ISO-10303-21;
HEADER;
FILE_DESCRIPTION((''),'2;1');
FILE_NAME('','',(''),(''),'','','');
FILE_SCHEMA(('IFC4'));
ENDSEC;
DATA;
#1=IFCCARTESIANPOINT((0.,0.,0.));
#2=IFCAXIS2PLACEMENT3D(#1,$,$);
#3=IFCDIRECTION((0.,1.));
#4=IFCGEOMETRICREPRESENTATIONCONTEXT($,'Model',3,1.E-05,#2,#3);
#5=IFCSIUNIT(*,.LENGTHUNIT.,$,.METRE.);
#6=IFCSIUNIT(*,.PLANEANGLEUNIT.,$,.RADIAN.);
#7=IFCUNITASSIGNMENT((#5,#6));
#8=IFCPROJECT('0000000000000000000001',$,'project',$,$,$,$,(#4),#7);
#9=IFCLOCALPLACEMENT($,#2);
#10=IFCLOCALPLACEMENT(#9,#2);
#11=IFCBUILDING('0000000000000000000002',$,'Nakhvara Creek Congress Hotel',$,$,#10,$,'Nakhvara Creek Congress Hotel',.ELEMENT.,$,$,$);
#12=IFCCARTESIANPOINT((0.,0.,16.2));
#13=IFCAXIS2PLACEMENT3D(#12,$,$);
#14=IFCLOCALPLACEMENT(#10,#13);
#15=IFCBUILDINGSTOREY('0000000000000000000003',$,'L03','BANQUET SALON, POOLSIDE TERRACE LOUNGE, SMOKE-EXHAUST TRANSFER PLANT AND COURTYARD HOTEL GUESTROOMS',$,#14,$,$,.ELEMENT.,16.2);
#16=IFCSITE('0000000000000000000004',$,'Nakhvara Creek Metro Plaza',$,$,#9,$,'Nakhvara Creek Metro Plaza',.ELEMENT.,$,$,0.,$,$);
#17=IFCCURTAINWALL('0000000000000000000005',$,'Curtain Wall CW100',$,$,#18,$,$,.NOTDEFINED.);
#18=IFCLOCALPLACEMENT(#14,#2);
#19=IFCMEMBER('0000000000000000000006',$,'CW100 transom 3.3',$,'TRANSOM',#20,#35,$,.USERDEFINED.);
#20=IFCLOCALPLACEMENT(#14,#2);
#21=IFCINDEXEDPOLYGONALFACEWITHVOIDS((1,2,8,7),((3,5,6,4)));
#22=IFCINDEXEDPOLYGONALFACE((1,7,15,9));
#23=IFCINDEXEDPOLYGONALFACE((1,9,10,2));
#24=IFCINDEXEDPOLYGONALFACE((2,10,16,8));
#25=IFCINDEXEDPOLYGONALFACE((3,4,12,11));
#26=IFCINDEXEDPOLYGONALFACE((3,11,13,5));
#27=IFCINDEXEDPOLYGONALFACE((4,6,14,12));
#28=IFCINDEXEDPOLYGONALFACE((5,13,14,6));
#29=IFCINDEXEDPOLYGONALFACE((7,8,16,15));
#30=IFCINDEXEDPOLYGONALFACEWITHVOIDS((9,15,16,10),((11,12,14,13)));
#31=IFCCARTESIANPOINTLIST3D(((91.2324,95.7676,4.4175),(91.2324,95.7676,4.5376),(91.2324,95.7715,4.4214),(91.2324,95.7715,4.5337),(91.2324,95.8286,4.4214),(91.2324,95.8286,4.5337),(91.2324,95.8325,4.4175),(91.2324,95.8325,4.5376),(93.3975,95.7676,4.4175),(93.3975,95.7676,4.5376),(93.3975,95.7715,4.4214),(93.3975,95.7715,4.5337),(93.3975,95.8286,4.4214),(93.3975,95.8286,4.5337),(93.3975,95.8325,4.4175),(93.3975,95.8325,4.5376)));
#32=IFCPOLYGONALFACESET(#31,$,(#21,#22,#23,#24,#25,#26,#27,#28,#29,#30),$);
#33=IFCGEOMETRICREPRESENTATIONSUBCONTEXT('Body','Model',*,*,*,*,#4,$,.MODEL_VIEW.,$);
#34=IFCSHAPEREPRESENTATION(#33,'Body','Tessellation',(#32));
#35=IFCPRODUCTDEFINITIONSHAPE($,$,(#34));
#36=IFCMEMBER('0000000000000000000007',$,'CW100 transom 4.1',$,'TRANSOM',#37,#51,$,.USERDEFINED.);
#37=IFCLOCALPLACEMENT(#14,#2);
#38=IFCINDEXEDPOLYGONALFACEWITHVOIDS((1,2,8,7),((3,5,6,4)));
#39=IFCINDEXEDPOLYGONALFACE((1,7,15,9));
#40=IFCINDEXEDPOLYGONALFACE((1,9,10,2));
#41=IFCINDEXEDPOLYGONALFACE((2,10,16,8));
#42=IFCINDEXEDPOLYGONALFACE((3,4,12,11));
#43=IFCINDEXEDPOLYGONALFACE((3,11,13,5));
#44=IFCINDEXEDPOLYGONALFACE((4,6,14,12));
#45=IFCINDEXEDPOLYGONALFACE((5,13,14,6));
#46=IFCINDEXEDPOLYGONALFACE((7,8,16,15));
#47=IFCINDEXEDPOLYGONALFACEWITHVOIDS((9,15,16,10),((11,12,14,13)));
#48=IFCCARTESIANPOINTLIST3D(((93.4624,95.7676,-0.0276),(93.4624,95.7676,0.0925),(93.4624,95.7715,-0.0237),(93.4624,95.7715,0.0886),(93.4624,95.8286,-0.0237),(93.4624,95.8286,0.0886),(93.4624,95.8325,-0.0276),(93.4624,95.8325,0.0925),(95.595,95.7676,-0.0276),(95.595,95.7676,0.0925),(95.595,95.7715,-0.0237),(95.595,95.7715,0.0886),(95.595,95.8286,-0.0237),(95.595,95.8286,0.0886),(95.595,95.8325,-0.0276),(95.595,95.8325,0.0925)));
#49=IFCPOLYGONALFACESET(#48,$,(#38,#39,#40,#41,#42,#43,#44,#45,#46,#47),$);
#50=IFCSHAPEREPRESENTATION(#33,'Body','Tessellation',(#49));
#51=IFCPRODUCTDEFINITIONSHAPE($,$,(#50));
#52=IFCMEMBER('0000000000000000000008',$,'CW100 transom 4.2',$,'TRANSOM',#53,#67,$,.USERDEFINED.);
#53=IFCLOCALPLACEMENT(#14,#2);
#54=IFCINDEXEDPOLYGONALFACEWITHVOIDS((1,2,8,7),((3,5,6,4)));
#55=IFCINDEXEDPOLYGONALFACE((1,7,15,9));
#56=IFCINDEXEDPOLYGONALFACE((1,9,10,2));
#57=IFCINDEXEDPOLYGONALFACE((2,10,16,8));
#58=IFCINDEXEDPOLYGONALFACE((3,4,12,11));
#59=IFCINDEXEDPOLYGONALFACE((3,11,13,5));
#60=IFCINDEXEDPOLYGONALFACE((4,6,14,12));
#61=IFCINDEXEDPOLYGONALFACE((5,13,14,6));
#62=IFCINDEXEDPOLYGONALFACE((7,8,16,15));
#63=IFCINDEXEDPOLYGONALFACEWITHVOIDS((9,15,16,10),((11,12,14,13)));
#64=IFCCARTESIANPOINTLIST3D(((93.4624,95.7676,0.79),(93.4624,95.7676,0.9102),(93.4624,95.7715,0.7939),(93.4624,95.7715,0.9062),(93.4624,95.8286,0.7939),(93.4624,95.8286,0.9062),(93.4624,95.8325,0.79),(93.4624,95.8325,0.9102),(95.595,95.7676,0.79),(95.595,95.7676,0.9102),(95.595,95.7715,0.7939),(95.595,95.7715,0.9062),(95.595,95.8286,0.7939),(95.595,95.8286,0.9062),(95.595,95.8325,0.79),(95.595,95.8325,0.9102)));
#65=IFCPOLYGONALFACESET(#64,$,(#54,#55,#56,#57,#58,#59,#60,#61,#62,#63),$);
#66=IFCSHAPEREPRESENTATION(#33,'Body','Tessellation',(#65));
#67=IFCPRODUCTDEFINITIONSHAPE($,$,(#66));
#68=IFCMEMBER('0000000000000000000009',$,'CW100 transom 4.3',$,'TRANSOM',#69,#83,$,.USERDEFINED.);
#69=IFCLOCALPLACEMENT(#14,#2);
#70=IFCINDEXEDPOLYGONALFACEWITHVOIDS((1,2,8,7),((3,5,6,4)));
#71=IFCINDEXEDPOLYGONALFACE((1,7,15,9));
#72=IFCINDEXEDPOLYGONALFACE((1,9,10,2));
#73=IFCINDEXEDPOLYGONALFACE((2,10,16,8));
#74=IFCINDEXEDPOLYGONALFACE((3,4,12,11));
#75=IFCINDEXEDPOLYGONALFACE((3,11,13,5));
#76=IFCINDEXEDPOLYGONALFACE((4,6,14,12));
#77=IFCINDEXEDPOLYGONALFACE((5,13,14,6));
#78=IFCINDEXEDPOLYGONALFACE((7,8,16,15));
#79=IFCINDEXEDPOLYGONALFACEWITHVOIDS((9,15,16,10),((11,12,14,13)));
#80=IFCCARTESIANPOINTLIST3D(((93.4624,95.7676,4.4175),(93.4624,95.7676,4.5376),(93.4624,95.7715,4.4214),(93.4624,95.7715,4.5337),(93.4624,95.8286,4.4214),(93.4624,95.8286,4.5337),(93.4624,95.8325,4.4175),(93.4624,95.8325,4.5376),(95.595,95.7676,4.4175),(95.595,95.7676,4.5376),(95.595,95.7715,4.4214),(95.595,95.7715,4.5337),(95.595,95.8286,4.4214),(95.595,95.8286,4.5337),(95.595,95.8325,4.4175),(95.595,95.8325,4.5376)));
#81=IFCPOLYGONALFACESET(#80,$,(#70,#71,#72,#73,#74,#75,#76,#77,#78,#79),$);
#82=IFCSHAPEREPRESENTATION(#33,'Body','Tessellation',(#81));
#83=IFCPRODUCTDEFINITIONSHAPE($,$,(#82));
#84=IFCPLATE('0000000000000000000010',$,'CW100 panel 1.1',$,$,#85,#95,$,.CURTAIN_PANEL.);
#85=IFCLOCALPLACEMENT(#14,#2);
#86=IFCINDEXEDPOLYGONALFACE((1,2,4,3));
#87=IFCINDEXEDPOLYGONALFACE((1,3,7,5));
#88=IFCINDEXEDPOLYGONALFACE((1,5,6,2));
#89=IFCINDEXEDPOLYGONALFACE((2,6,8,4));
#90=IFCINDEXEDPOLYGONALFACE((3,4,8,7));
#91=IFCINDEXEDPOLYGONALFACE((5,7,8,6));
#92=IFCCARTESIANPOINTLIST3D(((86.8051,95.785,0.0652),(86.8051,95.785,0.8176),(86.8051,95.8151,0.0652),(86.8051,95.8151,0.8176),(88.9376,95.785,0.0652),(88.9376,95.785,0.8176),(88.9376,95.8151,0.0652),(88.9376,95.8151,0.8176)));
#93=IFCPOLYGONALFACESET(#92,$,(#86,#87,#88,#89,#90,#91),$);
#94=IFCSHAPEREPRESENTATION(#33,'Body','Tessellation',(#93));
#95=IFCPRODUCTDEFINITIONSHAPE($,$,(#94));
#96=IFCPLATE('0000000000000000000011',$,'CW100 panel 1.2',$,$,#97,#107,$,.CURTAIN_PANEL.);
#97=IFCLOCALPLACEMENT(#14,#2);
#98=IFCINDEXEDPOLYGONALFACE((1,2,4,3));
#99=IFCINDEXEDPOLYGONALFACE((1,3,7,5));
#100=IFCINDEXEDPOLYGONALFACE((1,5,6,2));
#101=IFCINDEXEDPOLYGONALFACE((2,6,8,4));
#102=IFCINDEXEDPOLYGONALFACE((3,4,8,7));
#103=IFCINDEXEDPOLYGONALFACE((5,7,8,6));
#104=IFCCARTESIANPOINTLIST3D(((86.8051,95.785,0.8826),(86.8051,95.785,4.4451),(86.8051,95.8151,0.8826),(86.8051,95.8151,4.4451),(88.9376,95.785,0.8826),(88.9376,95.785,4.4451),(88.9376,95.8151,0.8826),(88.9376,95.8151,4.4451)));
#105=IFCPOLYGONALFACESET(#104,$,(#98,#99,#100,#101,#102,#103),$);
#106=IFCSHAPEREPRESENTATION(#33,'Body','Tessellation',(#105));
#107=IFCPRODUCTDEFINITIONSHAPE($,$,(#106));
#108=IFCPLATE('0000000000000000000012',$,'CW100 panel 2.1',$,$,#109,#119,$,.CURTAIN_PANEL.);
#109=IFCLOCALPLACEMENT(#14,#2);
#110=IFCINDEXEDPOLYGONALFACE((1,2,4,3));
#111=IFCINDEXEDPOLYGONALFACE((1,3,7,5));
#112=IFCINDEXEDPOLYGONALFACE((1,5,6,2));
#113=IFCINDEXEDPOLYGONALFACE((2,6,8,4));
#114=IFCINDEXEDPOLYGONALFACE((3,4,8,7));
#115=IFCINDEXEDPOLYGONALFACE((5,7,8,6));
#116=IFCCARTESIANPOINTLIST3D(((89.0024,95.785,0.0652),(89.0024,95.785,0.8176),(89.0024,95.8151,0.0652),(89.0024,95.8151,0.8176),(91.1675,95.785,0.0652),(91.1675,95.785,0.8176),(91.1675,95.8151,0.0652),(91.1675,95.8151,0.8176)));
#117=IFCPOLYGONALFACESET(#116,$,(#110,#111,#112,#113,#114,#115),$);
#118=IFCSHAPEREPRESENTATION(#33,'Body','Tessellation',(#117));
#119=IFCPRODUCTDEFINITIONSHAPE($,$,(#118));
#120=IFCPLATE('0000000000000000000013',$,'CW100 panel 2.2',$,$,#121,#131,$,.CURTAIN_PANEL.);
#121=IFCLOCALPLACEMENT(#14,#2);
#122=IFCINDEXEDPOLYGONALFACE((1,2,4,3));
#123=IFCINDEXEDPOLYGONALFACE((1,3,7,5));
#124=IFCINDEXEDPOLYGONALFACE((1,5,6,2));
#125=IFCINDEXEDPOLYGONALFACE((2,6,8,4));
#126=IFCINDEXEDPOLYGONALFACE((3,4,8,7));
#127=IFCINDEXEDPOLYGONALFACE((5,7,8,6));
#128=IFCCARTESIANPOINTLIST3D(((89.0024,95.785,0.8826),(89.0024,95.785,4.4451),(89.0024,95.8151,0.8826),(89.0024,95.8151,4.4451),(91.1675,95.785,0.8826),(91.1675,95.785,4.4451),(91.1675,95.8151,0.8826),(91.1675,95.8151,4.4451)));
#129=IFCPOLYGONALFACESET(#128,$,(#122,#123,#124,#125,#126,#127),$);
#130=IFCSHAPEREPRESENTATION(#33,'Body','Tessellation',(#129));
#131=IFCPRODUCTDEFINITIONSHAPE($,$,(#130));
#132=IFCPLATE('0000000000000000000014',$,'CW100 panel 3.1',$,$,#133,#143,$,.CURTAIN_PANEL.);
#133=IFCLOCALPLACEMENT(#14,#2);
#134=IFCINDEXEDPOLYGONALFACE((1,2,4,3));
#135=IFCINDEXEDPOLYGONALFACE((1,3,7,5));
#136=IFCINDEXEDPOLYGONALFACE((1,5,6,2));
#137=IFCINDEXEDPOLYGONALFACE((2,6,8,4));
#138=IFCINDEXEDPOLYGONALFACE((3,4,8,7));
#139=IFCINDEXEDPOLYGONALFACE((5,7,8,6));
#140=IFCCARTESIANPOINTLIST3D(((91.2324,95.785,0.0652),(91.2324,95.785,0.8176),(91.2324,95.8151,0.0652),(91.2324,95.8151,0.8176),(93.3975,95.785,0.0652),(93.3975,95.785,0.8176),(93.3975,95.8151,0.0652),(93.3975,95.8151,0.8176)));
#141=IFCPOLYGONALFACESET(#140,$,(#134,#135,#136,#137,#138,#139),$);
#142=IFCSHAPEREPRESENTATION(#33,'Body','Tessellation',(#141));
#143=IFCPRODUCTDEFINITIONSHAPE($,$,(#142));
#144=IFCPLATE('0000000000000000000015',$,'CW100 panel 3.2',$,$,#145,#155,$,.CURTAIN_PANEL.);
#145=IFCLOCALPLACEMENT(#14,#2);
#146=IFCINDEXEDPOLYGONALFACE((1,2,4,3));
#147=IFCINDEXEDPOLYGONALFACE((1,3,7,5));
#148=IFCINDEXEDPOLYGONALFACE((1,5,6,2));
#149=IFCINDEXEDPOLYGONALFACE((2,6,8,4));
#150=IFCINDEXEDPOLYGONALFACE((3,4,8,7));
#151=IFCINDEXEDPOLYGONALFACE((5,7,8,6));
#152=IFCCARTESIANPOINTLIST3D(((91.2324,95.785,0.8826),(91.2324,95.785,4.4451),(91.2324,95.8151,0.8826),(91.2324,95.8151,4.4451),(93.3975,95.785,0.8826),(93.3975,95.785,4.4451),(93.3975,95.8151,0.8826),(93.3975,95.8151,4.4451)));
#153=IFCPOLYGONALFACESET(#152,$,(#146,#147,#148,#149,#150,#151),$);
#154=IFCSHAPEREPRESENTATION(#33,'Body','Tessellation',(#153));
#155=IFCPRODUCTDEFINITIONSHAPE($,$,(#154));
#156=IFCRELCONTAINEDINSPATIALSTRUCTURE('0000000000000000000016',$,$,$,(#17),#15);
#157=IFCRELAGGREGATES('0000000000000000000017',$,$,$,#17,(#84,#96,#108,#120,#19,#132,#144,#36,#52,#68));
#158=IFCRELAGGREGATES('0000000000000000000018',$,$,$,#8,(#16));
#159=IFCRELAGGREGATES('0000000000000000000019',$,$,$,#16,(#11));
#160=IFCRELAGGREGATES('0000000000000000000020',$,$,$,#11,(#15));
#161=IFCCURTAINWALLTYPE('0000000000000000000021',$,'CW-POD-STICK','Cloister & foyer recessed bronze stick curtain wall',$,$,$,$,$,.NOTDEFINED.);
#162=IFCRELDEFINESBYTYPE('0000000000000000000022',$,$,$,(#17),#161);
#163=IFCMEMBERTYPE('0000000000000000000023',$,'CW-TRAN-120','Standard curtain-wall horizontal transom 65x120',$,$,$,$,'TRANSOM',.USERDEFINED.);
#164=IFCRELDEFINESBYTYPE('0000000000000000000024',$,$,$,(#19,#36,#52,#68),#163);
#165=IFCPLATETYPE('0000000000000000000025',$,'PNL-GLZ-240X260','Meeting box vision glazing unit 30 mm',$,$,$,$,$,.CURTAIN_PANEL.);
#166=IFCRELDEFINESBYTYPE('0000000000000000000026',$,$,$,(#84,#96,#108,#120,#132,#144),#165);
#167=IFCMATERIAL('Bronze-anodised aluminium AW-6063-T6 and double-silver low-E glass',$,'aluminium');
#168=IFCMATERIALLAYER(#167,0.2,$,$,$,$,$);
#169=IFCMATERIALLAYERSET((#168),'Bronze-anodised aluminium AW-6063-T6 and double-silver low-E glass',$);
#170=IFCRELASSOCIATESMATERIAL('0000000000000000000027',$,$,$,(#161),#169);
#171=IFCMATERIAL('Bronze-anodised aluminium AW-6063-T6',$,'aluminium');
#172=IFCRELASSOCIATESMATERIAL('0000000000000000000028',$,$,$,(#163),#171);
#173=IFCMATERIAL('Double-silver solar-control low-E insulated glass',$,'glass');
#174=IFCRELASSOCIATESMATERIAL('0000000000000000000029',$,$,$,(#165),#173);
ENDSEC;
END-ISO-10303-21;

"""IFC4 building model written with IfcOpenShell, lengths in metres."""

from ifc_helpers import new_model, si_unit, direction, frame, origin, origin_2d, place, context, subcontext, project, spatial, rectangle, hollow_rectangle, extrude, material, layer, layer_set, material_profile, profile_set, type_object, element, aggregate, save


model = new_model("IFC4")

# Units and contexts
model_context = context("Model", 3, precision=1e-05, world=origin(), true_north=direction((0.0, 1.0)))
body_context = subcontext(model_context, "Body", "Model", "MODEL_VIEW")
ifc_project = project(units=[si_unit("LENGTHUNIT", "METRE"), si_unit("PLANEANGLEUNIT", "RADIAN")], contexts=[model_context])

# Site, building, storey
site_placement = place(None, origin())
site = spatial("IfcSite", under=ifc_project, at=site_placement, Name="Nakhvara Creek Metro Plaza", LongName="Nakhvara Creek Metro Plaza", CompositionType="ELEMENT", RefElevation=0.0)
building_placement = place(site_placement, origin())
building = spatial("IfcBuilding", under=site, at=building_placement, Name="Nakhvara Creek Congress Hotel", LongName="Nakhvara Creek Congress Hotel", CompositionType="ELEMENT")
storey_placement = place(building_placement, frame((0.0, 0.0, 16.2)))
storey = spatial("IfcBuildingStorey", under=building, at=storey_placement, Name="L03", Description="BANQUET SALON, POOLSIDE TERRACE LOUNGE, SMOKE-EXHAUST TRANSFER PLANT AND COURTYARD HOTEL GUESTROOMS", CompositionType="ELEMENT", Elevation=16.2)

# Curtain wall, members, plates
ifc_material_1 = material(Name="Bronze-anodised aluminium AW-6063-T6 and double-silver low-E glass", Category="aluminium")
ifc_layer = layer(ifc_material_1, 0.2)
ifc_layer_set = layer_set([ifc_layer], Name="Bronze-anodised aluminium AW-6063-T6 and double-silver low-E glass")
curtain_wall_type = type_object("IfcCurtainWallType", Name="CW-POD-STICK", Description="Cloister & foyer recessed bronze stick curtain wall", PredefinedType="NOTDEFINED", material=ifc_layer_set)
curtain_wall_placement = place(storey_placement, origin())
curtain_wall = element("IfcCurtainWall", 1, at=curtain_wall_placement, inside=storey, type_object=curtain_wall_type, Name="Curtain Wall CW100", PredefinedType="NOTDEFINED")
ifc_material_2 = material(Name="Bronze-anodised aluminium AW-6063-T6", Category="aluminium")
ifc_material_profile_1 = material_profile(ifc_material_2, hollow_rectangle(XDim=0.0649, YDim=0.1201, WallThickness=0.0039, at=origin_2d()), Name="ALU-TRAN 65x120x4", Category="LoadBearing")
ifc_profile_set_1 = profile_set([ifc_material_profile_1], Name="Bronze-anodised aluminium AW-6063-T6")
member_type_1 = type_object("IfcMemberType", Name="CW-TRAN-120", Description="Standard curtain-wall horizontal transom 65x120", ElementType="TRANSOM", PredefinedType="USERDEFINED", material=ifc_profile_set_1)
member_1_placement = place(storey_placement, frame((91.2324, 95.8, 4.4775), z_axis=(1.0, 0.0, 0.0), x_axis=(0.0, 1.0, 0.0)))
member_1 = element("IfcMember", 2, at=member_1_placement, type_object=member_type_1, Name="CW100 transom 3.3", ObjectType="TRANSOM", PredefinedType="USERDEFINED", context=body_context, shape_type="SweptSolid", body=[
    extrude(hollow_rectangle(XDim=0.0649, YDim=0.1201, WallThickness=0.0039, at=origin_2d()), origin(), (0.0, 0.0, 1.0), 2.165),
])
member_2_placement = place(storey_placement, frame((93.4624, 95.8, 0.0325), z_axis=(1.0, 0.0, 0.0), x_axis=(0.0, 1.0, 0.0)))
member_2 = element("IfcMember", 3, at=member_2_placement, type_object=member_type_1, Name="CW100 transom 4.1", ObjectType="TRANSOM", PredefinedType="USERDEFINED", context=body_context, shape_type="SweptSolid", body=[
    extrude(hollow_rectangle(XDim=0.0649, YDim=0.1201, WallThickness=0.0039, at=origin_2d()), origin(), (0.0, 0.0, 1.0), 2.1326),
])
member_3_placement = place(storey_placement, frame((93.4624, 95.8, 0.8501), z_axis=(1.0, 0.0, 0.0), x_axis=(0.0, 1.0, 0.0)))
member_3 = element("IfcMember", 4, at=member_3_placement, type_object=member_type_1, Name="CW100 transom 4.2", ObjectType="TRANSOM", PredefinedType="USERDEFINED", context=body_context, shape_type="SweptSolid", body=[
    extrude(hollow_rectangle(XDim=0.0649, YDim=0.1201, WallThickness=0.0039, at=origin_2d()), origin(), (0.0, 0.0, 1.0), 2.1326),
])
member_4_placement = place(storey_placement, frame((93.4624, 95.8, 4.4775), z_axis=(1.0, 0.0, 0.0), x_axis=(0.0, 1.0, 0.0)))
member_4 = element("IfcMember", 5, at=member_4_placement, type_object=member_type_1, Name="CW100 transom 4.3", ObjectType="TRANSOM", PredefinedType="USERDEFINED", context=body_context, shape_type="SweptSolid", body=[
    extrude(hollow_rectangle(XDim=0.0649, YDim=0.1201, WallThickness=0.0039, at=origin_2d()), origin(), (0.0, 0.0, 1.0), 2.1326),
])
ifc_material_3 = material(Name="Double-silver solar-control low-E insulated glass", Category="glass")
plate_type = type_object("IfcPlateType", Name="PNL-GLZ-240X260", Description="Meeting box vision glazing unit 30 mm", PredefinedType="CURTAIN_PANEL", material=ifc_material_3)
plate_1_placement = place(storey_placement, frame((87.8713, 95.8, 0.0652), z_axis=(0.0, 0.0, 1.0), x_axis=(1.0, 0.0, 0.0)))
plate_1 = element("IfcPlate", 6, at=plate_1_placement, type_object=plate_type, Name="CW100 panel 1.1", PredefinedType="CURTAIN_PANEL", context=body_context, shape_type="SweptSolid", body=[
    extrude(rectangle(XDim=2.1326, YDim=0.03, at=origin_2d()), origin(), (0.0, 0.0, 1.0), 0.7524),
])
plate_2_placement = place(storey_placement, frame((87.8713, 95.8, 0.8826), z_axis=(0.0, 0.0, 1.0), x_axis=(1.0, 0.0, 0.0)))
plate_2 = element("IfcPlate", 7, at=plate_2_placement, type_object=plate_type, Name="CW100 panel 1.2", PredefinedType="CURTAIN_PANEL", context=body_context, shape_type="SweptSolid", body=[
    extrude(rectangle(XDim=2.1326, YDim=0.03, at=origin_2d()), origin(), (0.0, 0.0, 1.0), 3.5625),
])
plate_3_placement = place(storey_placement, frame((90.085, 95.8, 0.0652), z_axis=(0.0, 0.0, 1.0), x_axis=(1.0, 0.0, 0.0)))
plate_3 = element("IfcPlate", 8, at=plate_3_placement, type_object=plate_type, Name="CW100 panel 2.1", PredefinedType="CURTAIN_PANEL", context=body_context, shape_type="SweptSolid", body=[
    extrude(rectangle(XDim=2.165, YDim=0.03, at=origin_2d()), origin(), (0.0, 0.0, 1.0), 0.7524),
])
plate_4_placement = place(storey_placement, frame((90.085, 95.8, 0.8826), z_axis=(0.0, 0.0, 1.0), x_axis=(1.0, 0.0, 0.0)))
plate_4 = element("IfcPlate", 9, at=plate_4_placement, type_object=plate_type, Name="CW100 panel 2.2", PredefinedType="CURTAIN_PANEL", context=body_context, shape_type="SweptSolid", body=[
    extrude(rectangle(XDim=2.165, YDim=0.03, at=origin_2d()), origin(), (0.0, 0.0, 1.0), 3.5625),
])
plate_5_placement = place(storey_placement, frame((92.3149, 95.8, 0.0652), z_axis=(0.0, 0.0, 1.0), x_axis=(1.0, 0.0, 0.0)))
plate_5 = element("IfcPlate", 10, at=plate_5_placement, type_object=plate_type, Name="CW100 panel 3.1", PredefinedType="CURTAIN_PANEL", context=body_context, shape_type="SweptSolid", body=[
    extrude(rectangle(XDim=2.165, YDim=0.03, at=origin_2d()), origin(), (0.0, 0.0, 1.0), 0.7524),
])
plate_6_placement = place(storey_placement, frame((92.3149, 95.8, 0.8826), z_axis=(0.0, 0.0, 1.0), x_axis=(1.0, 0.0, 0.0)))
plate_6 = element("IfcPlate", 11, at=plate_6_placement, type_object=plate_type, Name="CW100 panel 3.2", PredefinedType="CURTAIN_PANEL", context=body_context, shape_type="SweptSolid", body=[
    extrude(rectangle(XDim=2.165, YDim=0.03, at=origin_2d()), origin(), (0.0, 0.0, 1.0), 3.5625),
])
aggregate(curtain_wall, [plate_1, plate_2, plate_3, plate_4, member_1, plate_5, plate_6, member_2, member_3, member_4])

save(model, "model.ifc")
